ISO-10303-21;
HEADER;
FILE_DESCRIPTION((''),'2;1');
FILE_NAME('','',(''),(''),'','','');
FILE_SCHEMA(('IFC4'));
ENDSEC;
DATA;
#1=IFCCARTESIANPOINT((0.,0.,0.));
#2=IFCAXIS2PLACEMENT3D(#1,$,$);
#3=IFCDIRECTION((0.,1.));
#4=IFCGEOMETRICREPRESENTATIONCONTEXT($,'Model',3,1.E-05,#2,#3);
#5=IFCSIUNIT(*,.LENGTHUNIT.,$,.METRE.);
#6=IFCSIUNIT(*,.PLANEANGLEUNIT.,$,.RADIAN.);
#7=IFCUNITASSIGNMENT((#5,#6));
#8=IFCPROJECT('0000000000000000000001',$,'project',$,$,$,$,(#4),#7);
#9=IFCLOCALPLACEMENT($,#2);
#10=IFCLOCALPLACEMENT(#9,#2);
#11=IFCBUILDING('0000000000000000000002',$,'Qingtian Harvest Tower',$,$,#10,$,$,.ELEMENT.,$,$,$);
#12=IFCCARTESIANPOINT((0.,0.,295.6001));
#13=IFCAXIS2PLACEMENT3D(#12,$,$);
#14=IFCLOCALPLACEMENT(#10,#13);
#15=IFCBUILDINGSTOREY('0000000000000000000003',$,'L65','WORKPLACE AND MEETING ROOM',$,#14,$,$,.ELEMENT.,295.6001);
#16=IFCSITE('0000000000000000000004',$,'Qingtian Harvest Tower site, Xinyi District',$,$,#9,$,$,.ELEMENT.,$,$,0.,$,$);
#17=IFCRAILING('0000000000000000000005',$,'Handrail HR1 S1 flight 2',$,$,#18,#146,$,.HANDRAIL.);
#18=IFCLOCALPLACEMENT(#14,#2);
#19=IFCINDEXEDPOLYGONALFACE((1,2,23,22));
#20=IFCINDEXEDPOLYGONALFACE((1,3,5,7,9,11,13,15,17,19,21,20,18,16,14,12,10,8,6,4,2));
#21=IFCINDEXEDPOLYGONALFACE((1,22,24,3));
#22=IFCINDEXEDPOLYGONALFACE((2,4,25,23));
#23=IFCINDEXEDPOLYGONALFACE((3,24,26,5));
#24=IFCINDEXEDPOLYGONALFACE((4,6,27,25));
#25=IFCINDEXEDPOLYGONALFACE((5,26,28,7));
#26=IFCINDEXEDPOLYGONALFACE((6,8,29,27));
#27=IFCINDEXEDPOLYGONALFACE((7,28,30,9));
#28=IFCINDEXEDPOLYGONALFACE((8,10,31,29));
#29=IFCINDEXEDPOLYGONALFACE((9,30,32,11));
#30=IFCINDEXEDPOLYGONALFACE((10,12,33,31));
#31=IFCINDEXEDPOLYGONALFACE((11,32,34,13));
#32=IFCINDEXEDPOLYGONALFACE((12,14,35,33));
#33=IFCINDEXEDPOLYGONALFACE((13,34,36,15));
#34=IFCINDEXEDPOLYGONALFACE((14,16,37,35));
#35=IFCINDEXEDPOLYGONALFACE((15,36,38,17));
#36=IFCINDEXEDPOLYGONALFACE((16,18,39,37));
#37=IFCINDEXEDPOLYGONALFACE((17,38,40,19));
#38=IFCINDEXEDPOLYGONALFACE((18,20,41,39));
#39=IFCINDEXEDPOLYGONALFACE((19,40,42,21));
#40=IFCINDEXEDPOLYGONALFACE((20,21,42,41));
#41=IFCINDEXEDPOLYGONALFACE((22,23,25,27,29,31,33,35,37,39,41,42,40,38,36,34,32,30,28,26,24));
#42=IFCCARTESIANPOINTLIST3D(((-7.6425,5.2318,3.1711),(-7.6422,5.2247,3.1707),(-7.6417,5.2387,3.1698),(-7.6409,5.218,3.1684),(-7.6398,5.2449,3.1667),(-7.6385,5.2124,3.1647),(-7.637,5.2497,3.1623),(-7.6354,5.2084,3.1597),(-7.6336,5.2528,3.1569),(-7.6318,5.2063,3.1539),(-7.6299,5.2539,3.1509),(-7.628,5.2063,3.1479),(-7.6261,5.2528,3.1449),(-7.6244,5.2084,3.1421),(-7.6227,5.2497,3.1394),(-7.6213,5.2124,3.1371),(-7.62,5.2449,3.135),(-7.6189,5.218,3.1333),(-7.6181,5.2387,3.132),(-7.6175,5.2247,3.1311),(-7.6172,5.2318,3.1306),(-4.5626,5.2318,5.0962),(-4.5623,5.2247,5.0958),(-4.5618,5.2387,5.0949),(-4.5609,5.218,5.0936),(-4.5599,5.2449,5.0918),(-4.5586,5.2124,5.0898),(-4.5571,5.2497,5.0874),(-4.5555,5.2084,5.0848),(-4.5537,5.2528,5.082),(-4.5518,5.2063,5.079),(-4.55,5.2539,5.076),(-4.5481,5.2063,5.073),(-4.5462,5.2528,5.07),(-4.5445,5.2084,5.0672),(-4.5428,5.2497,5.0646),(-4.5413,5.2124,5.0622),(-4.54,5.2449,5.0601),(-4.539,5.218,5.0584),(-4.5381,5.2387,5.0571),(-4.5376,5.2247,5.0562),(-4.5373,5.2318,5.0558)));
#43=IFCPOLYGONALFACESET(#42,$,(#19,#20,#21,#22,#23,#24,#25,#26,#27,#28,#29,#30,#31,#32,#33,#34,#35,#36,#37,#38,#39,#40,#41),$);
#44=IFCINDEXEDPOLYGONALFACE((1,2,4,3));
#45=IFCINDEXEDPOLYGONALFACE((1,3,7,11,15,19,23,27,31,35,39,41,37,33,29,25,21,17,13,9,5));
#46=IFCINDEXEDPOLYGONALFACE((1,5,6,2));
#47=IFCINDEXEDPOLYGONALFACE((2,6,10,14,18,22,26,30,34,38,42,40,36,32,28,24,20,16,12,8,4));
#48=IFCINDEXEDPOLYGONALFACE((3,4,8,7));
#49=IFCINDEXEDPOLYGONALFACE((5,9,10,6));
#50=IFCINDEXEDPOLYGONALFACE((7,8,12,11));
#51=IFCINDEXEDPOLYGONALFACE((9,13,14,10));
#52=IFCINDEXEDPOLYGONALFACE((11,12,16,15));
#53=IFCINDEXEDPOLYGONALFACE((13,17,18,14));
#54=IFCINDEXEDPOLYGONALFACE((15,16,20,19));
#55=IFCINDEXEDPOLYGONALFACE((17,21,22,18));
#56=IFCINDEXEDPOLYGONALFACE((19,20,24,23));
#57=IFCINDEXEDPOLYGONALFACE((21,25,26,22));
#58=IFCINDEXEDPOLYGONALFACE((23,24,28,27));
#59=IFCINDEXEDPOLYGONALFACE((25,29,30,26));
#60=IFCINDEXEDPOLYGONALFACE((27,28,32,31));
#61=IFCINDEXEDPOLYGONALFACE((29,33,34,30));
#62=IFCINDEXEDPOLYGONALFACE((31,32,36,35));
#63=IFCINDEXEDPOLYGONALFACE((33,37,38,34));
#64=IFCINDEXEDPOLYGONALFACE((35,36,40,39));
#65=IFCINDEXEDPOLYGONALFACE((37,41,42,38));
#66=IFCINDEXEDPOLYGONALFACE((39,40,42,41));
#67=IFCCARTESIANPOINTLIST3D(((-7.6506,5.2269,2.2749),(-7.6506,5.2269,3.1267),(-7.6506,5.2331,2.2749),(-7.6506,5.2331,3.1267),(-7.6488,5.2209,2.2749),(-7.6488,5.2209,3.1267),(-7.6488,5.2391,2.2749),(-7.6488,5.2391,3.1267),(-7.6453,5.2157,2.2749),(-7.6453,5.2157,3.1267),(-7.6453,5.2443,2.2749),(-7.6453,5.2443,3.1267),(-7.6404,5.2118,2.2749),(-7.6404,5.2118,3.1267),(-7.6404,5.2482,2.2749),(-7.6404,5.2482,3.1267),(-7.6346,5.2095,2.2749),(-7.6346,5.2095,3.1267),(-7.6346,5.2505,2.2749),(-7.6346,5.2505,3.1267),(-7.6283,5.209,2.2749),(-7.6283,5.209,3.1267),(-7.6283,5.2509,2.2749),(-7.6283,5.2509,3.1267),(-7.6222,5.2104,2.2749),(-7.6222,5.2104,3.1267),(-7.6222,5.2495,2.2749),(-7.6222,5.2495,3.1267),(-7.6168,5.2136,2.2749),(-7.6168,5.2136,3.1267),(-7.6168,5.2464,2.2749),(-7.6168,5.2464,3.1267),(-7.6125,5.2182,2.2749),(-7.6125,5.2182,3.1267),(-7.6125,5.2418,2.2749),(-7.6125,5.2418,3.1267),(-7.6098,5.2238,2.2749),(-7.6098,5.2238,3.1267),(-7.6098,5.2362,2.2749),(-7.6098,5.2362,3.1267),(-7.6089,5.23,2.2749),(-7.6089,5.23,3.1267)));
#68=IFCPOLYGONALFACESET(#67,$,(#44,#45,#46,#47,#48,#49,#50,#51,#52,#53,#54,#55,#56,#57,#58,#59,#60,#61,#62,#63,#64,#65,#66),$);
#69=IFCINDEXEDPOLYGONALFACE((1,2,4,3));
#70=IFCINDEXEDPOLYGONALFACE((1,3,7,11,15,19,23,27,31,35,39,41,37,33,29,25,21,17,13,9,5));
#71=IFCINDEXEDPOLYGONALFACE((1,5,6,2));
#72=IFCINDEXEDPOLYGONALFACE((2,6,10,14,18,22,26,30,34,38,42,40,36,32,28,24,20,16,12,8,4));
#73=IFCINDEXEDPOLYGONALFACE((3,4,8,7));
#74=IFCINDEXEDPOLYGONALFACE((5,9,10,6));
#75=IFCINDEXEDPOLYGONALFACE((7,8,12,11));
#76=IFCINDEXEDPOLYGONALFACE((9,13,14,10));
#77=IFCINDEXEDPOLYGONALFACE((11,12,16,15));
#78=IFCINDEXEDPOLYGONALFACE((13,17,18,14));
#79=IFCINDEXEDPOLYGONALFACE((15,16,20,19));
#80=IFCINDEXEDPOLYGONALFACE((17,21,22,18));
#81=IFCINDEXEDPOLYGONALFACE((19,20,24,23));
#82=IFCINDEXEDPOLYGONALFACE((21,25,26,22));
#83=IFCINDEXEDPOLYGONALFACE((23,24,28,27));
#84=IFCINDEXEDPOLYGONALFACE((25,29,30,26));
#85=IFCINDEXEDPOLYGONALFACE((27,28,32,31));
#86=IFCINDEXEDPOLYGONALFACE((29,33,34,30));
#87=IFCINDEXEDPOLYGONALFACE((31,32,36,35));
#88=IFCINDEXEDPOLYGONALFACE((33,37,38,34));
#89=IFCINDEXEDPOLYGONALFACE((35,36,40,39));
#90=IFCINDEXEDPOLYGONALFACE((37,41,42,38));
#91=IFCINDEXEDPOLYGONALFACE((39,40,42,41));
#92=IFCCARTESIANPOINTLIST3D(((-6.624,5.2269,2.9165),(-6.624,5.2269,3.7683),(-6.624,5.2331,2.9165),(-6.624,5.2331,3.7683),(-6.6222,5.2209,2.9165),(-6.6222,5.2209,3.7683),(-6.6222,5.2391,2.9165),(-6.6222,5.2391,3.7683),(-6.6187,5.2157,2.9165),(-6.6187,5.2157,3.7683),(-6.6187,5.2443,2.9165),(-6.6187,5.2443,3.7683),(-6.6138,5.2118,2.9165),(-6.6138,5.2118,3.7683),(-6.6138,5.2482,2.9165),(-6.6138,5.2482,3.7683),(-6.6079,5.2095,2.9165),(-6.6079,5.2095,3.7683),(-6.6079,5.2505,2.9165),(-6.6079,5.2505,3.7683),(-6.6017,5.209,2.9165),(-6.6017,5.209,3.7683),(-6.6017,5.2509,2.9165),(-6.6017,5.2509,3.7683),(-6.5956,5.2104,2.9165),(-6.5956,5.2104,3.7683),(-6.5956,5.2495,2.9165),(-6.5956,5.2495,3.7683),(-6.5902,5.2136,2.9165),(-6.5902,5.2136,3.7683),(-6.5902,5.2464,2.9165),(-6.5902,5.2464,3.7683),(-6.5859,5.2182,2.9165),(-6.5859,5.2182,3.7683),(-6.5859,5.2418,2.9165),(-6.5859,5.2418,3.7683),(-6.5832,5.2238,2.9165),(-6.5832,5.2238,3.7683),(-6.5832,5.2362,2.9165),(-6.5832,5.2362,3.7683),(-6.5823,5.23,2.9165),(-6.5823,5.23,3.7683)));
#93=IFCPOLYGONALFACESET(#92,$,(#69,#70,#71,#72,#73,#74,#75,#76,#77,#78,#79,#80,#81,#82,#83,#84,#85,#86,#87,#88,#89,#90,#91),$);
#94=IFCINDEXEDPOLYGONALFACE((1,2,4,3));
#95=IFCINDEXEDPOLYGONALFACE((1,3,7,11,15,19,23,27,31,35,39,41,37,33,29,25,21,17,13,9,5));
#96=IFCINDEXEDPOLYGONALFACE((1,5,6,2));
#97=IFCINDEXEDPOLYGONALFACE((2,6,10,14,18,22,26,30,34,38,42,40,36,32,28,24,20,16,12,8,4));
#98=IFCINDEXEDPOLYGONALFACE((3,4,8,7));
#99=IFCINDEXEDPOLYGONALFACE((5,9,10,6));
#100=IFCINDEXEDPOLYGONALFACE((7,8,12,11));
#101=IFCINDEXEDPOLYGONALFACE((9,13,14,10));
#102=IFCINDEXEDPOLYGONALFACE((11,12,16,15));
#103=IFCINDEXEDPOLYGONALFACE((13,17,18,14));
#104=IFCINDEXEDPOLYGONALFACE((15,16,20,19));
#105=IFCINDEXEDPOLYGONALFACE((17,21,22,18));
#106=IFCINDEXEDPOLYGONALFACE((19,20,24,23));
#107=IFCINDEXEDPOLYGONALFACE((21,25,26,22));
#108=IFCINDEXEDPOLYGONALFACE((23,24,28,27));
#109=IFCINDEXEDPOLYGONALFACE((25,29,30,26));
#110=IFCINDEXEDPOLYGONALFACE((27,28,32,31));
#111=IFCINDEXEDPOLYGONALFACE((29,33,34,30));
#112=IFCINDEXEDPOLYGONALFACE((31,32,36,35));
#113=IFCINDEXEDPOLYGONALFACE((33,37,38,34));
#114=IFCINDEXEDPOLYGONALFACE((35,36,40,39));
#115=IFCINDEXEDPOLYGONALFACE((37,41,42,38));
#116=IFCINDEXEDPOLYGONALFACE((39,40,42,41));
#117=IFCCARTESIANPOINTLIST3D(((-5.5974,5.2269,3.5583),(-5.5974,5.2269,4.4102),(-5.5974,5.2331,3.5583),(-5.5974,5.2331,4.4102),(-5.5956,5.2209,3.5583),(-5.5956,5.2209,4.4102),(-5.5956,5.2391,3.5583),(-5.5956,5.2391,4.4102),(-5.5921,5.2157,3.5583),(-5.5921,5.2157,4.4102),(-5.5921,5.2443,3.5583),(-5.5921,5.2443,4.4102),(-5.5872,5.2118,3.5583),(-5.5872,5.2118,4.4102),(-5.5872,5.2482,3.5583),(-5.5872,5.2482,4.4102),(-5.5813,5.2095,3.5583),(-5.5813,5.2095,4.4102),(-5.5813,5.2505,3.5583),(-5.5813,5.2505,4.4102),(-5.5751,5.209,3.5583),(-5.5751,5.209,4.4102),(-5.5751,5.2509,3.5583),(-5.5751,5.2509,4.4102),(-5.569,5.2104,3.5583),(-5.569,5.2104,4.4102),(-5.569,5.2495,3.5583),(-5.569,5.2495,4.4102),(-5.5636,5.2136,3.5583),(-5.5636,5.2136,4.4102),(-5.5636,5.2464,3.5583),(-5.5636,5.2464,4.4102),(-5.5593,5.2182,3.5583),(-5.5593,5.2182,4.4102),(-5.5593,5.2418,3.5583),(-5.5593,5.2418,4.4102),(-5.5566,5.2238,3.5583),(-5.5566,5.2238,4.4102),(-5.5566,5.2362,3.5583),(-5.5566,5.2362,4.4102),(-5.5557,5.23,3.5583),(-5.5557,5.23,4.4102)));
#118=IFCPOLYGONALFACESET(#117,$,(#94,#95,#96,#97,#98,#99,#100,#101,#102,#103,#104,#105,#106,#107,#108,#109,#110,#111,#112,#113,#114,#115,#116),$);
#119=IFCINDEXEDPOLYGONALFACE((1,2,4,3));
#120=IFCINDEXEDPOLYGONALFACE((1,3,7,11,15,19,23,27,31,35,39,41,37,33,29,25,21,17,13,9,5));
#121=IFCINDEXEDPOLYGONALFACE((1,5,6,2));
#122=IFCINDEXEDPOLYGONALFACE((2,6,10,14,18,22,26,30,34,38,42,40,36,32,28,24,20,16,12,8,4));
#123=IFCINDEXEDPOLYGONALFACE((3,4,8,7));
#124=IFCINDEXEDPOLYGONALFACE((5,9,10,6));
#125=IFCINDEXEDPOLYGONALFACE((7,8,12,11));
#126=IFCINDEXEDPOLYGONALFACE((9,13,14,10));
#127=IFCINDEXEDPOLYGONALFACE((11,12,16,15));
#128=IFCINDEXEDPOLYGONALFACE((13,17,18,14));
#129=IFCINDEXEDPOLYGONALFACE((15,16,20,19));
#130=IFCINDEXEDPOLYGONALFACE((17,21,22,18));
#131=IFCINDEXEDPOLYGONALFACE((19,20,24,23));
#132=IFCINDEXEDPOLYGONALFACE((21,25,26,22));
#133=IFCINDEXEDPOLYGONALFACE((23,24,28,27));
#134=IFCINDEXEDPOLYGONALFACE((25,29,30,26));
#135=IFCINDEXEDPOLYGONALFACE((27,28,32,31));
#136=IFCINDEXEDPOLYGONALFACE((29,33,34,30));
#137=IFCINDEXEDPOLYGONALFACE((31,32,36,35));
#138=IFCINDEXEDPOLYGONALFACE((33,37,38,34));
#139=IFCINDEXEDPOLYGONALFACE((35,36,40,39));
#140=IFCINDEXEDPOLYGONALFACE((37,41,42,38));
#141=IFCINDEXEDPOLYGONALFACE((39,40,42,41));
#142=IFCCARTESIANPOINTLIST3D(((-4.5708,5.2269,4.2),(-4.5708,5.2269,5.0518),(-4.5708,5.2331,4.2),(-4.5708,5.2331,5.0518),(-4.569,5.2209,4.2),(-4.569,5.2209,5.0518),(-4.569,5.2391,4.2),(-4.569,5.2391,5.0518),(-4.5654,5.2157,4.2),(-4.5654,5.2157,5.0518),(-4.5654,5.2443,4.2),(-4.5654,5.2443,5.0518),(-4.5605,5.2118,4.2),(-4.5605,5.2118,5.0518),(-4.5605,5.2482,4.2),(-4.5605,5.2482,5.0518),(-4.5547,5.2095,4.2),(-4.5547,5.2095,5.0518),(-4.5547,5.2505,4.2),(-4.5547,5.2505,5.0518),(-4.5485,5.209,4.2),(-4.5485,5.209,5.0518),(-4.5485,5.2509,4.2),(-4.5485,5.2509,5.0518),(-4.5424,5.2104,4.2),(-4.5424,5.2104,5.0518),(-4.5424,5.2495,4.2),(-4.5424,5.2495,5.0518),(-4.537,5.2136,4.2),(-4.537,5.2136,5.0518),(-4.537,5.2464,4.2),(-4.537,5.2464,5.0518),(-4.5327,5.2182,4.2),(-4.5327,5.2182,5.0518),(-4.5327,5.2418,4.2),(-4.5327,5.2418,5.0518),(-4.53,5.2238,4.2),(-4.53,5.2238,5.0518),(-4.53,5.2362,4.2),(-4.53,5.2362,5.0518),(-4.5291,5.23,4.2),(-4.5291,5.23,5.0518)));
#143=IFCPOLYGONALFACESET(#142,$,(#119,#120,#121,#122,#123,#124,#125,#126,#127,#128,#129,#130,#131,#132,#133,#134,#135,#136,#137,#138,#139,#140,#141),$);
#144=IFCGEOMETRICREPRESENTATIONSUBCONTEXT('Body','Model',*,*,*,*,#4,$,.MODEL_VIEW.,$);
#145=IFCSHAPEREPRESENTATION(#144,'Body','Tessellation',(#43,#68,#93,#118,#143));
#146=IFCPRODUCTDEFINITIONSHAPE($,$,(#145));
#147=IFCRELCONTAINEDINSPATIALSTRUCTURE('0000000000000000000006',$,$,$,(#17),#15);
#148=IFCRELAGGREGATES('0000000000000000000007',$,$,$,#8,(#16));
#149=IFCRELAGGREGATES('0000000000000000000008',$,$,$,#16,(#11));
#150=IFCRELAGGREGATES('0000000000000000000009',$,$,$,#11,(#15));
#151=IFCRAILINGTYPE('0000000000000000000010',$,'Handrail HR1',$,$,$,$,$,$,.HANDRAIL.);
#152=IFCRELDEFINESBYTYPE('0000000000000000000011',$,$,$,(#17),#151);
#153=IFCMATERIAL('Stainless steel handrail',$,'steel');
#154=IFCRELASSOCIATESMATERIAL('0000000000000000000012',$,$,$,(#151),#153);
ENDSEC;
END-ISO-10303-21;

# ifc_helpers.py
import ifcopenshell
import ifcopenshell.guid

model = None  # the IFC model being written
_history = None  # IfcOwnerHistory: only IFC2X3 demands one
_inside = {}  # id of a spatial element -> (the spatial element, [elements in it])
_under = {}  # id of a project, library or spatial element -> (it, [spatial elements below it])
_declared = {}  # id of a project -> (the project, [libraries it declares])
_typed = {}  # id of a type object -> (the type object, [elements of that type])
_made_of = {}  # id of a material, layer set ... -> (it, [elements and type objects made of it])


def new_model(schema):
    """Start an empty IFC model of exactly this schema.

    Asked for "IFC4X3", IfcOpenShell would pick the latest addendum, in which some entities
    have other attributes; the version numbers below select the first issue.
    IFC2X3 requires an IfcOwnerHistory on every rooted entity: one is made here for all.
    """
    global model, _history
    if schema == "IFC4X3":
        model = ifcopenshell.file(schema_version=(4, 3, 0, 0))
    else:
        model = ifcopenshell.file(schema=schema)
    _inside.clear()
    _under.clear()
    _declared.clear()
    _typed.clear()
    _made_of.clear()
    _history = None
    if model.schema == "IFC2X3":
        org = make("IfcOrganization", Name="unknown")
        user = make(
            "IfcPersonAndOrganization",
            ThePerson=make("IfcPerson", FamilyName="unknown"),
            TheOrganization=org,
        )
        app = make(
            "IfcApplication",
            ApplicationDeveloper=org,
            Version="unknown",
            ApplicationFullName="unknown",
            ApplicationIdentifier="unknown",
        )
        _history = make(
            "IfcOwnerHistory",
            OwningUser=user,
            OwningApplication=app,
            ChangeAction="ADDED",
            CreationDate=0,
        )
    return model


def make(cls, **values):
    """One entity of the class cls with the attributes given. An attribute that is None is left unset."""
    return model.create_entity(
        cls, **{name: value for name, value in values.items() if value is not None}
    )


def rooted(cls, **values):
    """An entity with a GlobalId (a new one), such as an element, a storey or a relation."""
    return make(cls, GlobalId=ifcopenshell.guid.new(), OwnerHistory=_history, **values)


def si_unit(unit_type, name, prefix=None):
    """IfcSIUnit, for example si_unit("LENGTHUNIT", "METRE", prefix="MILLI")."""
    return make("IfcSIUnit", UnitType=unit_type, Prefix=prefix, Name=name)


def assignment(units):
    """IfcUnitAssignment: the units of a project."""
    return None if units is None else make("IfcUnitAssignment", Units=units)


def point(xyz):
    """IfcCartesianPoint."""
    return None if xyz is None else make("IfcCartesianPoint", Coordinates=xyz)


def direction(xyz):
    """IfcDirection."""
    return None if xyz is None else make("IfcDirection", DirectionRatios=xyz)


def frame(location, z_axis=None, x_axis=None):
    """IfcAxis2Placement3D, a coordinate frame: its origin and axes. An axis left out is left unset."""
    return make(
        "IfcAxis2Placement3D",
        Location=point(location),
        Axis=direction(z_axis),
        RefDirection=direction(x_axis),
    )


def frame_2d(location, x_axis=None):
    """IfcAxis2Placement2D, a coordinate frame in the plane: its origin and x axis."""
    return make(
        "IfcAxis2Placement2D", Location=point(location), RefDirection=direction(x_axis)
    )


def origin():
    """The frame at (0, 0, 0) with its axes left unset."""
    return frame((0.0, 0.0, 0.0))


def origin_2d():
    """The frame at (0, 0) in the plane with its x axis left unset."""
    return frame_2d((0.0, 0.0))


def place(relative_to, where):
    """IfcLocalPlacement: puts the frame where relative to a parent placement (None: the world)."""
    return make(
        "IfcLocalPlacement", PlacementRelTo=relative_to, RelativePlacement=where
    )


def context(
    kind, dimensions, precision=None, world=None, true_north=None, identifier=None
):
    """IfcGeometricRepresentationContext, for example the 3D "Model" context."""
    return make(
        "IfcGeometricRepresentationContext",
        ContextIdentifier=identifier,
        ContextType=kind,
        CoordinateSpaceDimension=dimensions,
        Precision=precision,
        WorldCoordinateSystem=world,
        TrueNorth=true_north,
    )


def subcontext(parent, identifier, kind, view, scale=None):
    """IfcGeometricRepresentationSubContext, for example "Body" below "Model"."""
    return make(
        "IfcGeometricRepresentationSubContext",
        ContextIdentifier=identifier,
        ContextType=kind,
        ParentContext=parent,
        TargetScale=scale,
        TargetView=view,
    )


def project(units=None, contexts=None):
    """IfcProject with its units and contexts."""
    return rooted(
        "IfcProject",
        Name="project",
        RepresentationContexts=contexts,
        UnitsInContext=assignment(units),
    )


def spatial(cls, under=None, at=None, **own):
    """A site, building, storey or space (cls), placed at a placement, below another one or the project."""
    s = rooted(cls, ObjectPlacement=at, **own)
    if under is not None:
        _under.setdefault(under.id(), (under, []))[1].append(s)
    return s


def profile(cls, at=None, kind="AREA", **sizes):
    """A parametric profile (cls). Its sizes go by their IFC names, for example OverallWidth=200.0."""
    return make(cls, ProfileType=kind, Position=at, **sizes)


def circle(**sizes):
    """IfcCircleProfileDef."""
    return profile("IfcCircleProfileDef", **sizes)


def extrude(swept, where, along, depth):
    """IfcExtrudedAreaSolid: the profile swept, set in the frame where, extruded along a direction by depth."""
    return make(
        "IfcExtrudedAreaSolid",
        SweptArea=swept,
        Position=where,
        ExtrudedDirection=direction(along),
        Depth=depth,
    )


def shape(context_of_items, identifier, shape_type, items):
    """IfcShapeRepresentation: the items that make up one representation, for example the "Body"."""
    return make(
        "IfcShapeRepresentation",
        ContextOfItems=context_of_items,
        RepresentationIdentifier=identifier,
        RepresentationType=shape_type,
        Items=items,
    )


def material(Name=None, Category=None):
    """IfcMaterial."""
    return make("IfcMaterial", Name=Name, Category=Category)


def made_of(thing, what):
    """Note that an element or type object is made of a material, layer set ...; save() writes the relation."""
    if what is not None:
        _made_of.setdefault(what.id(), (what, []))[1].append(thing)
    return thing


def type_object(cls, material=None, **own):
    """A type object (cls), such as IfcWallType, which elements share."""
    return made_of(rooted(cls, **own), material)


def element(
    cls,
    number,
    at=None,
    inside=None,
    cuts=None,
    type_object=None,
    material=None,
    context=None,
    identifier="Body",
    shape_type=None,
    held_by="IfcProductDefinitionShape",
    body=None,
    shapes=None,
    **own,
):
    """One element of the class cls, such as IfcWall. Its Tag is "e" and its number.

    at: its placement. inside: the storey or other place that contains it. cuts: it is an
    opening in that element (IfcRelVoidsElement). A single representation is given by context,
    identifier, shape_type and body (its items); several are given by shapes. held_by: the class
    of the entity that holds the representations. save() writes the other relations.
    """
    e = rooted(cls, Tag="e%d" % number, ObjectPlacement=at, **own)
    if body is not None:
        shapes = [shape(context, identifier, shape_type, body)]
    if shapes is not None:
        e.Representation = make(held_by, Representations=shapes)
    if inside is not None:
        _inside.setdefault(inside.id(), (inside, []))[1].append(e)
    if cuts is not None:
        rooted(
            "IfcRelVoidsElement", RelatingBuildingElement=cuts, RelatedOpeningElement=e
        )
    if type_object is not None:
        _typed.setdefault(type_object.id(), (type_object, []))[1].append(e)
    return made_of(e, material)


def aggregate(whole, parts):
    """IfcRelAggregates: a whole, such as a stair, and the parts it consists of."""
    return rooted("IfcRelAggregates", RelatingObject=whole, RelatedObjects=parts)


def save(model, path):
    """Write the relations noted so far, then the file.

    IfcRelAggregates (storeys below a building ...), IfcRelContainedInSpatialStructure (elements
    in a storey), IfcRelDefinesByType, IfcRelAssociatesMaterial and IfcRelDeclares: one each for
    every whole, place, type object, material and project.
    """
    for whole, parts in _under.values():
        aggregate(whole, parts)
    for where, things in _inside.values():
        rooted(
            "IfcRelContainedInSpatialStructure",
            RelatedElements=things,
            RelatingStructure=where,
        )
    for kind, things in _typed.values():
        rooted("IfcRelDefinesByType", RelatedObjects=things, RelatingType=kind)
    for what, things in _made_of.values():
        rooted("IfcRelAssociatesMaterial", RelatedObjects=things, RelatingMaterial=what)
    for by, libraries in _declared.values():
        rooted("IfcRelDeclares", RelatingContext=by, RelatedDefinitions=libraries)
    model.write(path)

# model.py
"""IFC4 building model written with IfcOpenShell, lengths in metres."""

from ifc_helpers import new_model, si_unit, direction, frame, origin, origin_2d, place, context, subcontext, project, spatial, circle, extrude, material, type_object, element, save


model = new_model("IFC4")

# Units and contexts
model_context = context("Model", 3, precision=1e-05, world=origin(), true_north=direction((0.0, 1.0)))
body_context = subcontext(model_context, "Body", "Model", "MODEL_VIEW")
ifc_project = project(units=[si_unit("LENGTHUNIT", "METRE"), si_unit("PLANEANGLEUNIT", "RADIAN")], contexts=[model_context])

# Site, building, storey
site_placement = place(None, origin())
site = spatial("IfcSite", under=ifc_project, at=site_placement, Name="Qingtian Harvest Tower site, Xinyi District", CompositionType="ELEMENT", RefElevation=0.0)
building_placement = place(site_placement, origin())
building = spatial("IfcBuilding", under=site, at=building_placement, Name="Qingtian Harvest Tower", CompositionType="ELEMENT")
storey_placement = place(building_placement, frame((0.0, 0.0, 295.6001)))
storey = spatial("IfcBuildingStorey", under=building, at=storey_placement, Name="L65", Description="WORKPLACE AND MEETING ROOM", CompositionType="ELEMENT", Elevation=295.6001)

# Railing
ifc_material_1 = material(Name="Stainless steel handrail", Category="steel")
railing_type = type_object("IfcRailingType", Name="Handrail HR1", PredefinedType="HANDRAIL", material=ifc_material_1)
railing_placement = place(storey_placement, frame((-7.6299, 5.23, 2.2749)))
element("IfcRailing", 1, at=railing_placement, inside=storey, type_object=railing_type, Name="Handrail HR1 S1 flight 2", PredefinedType="HANDRAIL", context=body_context, shape_type="SweptSolid", body=[
    extrude(circle(Radius=0.0239, at=origin_2d()), frame((0.0, 0.0, 0.876), z_axis=(0.847979, 0.0, 0.530029), x_axis=(0.0, 1.0, 0.0)), (0.0, 0.0, 1.0), 3.6321),
    extrude(circle(Radius=0.021, at=origin_2d()), origin(), (0.0, 0.0, 1.0), 0.8518),
    extrude(circle(Radius=0.021, at=origin_2d()), frame((1.0266, 0.0, 0.6416)), (0.0, 0.0, 1.0), 0.8518),
    extrude(circle(Radius=0.021, at=origin_2d()), frame((2.0532, 0.0, 1.2834)), (0.0, 0.0, 1.0), 0.8518),
    extrude(circle(Radius=0.021, at=origin_2d()), frame((3.0798, 0.0, 1.925)), (0.0, 0.0, 1.0), 0.8518),
])

save(model, "model.ifc")
